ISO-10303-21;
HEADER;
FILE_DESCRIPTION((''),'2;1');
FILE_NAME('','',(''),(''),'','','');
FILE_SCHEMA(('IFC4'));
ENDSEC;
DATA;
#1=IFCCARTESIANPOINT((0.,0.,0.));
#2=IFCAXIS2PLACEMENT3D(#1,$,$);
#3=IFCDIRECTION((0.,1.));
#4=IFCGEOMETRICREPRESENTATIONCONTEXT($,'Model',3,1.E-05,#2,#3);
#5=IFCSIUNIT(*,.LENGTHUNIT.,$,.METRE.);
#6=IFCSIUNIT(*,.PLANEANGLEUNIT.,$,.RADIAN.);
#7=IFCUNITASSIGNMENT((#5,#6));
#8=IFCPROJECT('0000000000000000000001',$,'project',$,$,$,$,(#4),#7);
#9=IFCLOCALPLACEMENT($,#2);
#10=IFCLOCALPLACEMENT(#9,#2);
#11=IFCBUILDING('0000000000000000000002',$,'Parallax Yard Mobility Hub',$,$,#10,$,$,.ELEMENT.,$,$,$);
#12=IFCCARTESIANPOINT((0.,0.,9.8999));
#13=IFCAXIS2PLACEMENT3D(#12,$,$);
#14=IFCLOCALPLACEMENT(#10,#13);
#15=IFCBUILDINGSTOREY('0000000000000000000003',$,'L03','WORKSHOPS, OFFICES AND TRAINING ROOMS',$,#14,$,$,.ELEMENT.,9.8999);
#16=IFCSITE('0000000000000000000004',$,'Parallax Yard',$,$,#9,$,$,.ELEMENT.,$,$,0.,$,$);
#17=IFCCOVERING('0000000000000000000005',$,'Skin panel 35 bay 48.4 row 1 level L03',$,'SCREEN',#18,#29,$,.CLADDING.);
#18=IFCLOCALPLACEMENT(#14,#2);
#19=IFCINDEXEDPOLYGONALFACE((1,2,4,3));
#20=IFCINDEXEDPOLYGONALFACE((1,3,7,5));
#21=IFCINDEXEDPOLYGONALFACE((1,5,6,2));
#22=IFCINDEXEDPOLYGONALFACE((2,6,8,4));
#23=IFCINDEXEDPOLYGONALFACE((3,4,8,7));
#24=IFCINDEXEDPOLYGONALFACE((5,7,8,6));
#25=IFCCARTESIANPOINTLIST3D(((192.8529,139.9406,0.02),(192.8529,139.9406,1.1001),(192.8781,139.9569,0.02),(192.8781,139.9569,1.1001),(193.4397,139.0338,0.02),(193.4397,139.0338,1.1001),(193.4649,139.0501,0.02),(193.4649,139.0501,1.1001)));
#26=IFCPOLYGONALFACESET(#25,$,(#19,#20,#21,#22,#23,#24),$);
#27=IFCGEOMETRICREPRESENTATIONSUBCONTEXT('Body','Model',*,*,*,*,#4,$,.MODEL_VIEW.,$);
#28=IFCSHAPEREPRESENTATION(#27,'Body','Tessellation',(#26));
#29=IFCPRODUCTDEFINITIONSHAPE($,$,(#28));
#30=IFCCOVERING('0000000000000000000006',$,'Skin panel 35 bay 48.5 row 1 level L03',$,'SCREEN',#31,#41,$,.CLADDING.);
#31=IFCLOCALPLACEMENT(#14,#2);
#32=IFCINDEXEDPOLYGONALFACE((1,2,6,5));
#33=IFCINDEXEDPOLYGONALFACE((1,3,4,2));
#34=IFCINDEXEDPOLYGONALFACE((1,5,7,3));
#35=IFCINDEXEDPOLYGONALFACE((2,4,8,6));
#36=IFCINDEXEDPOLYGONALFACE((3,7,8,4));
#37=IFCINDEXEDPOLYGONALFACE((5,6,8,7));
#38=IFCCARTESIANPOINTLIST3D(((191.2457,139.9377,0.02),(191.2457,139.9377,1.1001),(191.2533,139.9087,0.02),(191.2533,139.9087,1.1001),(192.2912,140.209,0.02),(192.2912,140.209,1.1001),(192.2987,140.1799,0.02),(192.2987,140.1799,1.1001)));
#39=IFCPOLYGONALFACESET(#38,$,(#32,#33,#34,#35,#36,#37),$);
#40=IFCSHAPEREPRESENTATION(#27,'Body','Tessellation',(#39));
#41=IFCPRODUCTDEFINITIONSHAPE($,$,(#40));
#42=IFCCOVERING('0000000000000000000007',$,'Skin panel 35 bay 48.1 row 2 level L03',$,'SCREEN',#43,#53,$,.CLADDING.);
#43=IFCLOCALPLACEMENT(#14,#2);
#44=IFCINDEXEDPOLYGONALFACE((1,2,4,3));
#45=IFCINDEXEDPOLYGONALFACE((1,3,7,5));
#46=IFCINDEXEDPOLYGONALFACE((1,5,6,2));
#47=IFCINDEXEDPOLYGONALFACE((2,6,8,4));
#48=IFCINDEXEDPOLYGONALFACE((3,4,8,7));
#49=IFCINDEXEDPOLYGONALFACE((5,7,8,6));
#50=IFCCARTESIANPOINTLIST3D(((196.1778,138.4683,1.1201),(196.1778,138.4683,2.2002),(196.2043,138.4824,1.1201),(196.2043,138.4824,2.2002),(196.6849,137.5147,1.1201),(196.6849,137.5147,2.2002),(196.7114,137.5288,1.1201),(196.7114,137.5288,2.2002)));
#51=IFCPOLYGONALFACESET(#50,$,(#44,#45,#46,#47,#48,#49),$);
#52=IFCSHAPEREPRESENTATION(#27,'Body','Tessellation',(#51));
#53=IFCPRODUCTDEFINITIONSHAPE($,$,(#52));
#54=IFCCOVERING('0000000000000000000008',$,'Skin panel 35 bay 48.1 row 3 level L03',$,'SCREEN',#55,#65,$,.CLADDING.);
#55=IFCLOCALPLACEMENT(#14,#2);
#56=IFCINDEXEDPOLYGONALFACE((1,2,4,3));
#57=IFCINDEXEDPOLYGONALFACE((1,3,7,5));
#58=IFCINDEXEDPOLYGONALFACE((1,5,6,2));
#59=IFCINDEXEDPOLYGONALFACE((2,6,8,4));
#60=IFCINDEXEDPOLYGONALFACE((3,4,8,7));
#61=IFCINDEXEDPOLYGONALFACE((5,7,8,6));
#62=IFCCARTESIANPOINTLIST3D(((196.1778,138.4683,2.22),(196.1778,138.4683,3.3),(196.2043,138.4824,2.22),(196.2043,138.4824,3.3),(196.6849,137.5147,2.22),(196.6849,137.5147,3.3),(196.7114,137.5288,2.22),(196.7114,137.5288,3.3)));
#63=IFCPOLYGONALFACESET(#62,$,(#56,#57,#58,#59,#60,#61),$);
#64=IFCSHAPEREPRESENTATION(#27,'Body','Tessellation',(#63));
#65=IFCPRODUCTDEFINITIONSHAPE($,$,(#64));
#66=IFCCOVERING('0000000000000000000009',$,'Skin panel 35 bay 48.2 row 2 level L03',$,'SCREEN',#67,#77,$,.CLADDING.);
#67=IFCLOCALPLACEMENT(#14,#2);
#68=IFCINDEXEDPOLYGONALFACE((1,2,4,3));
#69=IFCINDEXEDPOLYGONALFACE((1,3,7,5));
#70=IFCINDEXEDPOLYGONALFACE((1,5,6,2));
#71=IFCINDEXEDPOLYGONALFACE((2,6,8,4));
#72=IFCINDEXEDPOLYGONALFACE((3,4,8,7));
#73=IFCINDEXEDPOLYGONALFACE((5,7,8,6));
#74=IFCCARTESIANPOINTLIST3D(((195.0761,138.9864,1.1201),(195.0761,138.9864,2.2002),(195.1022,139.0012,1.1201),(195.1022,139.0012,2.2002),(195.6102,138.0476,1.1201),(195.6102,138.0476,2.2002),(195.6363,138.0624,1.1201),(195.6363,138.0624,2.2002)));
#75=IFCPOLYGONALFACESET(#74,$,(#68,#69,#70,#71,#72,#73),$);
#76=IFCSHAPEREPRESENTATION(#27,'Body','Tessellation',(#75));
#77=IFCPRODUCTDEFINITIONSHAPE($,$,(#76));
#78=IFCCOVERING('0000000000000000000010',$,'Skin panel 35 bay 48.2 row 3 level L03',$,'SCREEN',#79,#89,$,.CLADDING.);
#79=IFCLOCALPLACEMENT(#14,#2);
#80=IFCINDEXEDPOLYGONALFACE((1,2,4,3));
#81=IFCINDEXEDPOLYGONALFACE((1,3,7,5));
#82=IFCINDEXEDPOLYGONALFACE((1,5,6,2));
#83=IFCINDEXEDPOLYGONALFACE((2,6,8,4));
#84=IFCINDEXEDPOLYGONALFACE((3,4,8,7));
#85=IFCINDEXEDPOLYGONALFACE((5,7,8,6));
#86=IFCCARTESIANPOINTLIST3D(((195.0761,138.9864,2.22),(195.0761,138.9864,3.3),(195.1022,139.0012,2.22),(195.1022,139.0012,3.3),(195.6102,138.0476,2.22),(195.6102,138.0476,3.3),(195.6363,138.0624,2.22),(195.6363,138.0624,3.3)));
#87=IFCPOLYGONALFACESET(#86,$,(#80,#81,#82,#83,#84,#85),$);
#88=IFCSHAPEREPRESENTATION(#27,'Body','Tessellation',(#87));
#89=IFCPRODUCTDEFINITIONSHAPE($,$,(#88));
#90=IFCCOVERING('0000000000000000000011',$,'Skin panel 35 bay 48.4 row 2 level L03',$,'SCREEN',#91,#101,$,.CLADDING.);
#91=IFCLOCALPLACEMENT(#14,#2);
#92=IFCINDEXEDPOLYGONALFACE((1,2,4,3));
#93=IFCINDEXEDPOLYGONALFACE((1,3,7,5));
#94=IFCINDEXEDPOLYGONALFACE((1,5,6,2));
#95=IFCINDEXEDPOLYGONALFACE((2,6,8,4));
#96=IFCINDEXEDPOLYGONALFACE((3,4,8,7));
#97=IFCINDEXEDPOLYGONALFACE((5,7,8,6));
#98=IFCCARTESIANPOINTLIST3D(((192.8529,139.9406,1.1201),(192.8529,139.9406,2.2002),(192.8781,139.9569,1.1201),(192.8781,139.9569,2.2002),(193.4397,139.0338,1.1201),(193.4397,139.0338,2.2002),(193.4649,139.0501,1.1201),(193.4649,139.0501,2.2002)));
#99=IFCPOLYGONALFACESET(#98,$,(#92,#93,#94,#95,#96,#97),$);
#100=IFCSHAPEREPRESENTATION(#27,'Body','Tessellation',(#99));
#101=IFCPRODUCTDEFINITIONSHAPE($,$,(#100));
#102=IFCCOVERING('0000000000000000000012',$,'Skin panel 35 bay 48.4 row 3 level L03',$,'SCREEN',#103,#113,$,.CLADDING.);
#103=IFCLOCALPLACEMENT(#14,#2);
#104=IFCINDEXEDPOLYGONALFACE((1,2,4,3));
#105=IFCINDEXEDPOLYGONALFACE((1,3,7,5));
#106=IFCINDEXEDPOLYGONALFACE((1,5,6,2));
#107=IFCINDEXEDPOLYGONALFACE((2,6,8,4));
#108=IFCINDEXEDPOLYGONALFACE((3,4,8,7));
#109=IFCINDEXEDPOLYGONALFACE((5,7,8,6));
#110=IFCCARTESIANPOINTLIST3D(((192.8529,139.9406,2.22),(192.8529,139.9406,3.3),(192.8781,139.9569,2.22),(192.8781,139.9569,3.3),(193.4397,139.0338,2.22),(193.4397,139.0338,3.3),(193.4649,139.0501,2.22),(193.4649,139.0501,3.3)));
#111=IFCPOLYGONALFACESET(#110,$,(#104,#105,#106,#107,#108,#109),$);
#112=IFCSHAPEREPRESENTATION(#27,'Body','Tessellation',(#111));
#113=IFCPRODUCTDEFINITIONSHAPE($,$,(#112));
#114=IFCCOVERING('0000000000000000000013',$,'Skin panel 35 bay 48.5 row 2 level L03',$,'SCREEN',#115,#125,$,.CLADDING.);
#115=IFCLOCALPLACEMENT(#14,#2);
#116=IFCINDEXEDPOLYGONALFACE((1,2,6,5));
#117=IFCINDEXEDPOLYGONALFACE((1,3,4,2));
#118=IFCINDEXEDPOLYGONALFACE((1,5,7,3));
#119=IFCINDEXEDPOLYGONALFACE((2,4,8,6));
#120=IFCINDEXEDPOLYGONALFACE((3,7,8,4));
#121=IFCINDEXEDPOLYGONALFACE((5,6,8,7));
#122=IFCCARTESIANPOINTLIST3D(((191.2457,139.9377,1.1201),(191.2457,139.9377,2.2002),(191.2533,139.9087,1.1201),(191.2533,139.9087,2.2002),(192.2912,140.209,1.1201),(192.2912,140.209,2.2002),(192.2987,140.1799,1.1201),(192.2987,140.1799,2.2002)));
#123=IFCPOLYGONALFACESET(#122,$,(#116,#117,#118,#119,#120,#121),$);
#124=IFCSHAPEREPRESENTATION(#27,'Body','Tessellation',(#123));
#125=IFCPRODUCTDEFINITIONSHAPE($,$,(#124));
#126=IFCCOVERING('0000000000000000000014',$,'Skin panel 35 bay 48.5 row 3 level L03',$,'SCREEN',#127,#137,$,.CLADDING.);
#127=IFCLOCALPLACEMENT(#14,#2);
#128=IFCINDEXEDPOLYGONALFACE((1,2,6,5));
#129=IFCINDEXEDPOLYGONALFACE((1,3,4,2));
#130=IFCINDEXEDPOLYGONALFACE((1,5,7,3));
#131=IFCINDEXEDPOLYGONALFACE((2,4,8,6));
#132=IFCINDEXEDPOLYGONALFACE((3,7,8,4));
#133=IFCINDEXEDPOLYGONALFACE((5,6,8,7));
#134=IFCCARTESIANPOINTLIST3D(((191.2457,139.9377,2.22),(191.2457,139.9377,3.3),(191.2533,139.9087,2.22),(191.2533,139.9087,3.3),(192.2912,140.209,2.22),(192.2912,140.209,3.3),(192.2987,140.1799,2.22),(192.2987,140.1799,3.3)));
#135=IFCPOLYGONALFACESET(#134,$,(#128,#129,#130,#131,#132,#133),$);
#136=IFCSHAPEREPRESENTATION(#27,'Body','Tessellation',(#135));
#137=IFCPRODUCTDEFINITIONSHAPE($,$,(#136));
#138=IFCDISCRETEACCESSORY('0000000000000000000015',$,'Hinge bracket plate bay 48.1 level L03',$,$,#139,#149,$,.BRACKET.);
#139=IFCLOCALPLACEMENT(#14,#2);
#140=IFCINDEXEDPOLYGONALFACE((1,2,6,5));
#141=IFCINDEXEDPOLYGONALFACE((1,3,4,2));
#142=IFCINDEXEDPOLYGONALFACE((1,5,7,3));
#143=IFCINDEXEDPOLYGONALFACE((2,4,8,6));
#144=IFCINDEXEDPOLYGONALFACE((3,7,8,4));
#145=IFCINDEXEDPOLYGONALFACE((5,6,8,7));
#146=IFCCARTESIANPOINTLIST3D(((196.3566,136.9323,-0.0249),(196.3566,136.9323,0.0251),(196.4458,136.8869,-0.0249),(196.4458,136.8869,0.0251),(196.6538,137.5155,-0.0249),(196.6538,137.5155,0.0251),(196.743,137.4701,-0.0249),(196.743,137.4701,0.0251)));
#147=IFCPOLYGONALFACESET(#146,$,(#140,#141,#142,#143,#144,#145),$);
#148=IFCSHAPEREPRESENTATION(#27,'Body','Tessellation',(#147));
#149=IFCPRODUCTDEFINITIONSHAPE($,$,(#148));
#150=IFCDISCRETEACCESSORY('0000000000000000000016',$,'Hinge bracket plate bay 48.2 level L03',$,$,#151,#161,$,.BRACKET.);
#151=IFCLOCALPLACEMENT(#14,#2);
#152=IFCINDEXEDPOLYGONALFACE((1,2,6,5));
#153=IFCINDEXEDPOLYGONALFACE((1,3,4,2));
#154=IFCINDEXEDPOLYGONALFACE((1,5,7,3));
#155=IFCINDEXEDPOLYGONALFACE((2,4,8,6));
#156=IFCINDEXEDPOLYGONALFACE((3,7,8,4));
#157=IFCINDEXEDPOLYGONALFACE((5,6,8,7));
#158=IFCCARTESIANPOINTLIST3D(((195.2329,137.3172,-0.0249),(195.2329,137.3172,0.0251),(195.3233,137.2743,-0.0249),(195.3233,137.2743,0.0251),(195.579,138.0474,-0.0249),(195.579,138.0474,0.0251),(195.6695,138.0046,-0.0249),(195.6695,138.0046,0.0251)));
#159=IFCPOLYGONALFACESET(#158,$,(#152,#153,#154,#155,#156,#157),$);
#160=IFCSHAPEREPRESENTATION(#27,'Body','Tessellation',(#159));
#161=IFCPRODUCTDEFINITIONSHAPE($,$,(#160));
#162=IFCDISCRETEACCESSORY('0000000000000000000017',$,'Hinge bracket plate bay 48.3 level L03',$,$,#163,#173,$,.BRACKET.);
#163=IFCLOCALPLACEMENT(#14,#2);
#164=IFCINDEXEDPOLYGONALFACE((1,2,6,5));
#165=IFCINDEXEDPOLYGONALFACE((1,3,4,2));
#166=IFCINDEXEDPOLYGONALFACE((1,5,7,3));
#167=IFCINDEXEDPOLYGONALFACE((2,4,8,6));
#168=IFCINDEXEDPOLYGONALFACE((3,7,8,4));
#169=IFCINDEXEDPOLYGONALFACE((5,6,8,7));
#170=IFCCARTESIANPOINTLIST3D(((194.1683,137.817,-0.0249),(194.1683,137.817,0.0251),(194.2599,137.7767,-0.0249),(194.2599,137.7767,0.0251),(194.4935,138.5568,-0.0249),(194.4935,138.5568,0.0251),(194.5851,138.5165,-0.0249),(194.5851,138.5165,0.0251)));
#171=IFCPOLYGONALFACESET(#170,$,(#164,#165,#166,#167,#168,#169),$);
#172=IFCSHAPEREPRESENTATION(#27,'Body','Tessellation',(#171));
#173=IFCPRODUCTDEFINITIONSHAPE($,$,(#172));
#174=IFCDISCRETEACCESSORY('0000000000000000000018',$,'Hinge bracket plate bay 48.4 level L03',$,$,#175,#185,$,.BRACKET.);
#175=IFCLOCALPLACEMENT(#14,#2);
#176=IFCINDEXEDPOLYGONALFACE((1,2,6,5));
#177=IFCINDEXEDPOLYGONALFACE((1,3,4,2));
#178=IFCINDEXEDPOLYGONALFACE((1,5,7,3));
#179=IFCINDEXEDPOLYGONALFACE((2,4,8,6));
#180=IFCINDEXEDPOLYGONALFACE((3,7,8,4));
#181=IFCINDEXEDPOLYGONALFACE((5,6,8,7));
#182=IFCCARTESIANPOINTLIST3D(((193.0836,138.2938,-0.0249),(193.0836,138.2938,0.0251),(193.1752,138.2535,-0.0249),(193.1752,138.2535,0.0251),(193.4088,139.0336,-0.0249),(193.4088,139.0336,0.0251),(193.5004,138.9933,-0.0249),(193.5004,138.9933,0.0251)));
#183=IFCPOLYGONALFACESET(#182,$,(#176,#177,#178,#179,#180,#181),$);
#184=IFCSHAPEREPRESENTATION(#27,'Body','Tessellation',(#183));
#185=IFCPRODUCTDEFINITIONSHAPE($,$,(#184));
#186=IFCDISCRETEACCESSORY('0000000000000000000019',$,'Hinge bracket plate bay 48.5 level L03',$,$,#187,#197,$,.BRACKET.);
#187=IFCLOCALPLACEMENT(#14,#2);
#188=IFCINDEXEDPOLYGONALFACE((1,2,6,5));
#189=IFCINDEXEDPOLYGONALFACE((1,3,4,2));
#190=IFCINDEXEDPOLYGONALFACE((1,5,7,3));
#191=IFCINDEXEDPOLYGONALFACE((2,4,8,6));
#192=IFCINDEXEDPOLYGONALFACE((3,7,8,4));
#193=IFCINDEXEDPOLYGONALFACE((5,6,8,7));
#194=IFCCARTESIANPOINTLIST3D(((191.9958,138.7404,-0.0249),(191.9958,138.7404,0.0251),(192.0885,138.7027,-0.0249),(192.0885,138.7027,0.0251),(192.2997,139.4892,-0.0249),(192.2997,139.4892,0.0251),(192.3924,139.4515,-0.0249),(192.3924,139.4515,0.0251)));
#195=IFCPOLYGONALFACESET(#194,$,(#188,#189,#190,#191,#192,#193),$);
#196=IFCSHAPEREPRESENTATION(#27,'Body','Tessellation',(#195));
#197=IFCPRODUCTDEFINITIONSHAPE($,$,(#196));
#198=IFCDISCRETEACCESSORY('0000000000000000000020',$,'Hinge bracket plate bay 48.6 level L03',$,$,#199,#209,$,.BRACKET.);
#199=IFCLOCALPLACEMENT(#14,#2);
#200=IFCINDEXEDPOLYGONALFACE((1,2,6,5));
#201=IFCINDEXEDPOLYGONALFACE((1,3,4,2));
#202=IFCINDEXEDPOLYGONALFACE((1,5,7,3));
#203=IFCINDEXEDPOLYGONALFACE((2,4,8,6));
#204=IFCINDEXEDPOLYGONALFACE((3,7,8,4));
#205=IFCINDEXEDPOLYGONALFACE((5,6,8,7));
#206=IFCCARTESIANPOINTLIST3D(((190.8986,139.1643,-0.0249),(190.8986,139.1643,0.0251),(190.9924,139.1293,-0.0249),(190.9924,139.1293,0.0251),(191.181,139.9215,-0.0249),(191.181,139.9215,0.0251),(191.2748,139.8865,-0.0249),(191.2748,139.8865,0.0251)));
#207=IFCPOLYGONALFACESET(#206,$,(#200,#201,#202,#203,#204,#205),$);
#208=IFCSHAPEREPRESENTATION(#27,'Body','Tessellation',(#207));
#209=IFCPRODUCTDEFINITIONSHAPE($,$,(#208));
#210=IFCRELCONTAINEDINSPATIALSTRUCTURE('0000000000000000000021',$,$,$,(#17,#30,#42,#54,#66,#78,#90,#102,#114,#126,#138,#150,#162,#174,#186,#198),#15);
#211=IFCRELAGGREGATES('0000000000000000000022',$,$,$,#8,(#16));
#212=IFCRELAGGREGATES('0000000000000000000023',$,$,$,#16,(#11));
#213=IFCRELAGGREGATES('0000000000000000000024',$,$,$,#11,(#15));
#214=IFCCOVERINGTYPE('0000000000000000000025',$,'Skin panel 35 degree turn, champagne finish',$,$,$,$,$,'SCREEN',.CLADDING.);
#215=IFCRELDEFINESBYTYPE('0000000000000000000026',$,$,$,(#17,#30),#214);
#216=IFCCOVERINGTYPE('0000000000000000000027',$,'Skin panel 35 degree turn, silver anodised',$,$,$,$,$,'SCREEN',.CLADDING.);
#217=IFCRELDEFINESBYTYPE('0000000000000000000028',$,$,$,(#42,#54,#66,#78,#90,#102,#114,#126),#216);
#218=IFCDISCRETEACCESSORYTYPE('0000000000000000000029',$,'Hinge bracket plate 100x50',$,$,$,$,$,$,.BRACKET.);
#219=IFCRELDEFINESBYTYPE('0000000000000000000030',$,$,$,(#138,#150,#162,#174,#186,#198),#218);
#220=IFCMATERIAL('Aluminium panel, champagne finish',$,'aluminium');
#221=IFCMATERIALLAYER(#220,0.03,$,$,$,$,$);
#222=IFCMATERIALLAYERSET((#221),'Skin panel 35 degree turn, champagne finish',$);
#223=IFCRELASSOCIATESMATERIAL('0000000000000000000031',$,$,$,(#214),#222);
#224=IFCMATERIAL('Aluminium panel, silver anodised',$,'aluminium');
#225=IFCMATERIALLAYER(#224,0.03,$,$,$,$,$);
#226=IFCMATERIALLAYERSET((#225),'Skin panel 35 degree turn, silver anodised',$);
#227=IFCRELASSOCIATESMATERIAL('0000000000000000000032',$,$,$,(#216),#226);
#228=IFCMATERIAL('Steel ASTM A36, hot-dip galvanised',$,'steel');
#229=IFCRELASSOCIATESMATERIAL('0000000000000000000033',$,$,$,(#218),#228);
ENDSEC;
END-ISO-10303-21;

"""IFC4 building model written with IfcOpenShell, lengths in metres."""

from ifc_helpers import new_model, si_unit, direction, frame, origin, origin_2d, place, context, subcontext, project, spatial, rectangle, extrude, material, layer, layer_set, type_object, element, save


model = new_model("IFC4")

# Units and contexts
model_context = context("Model", 3, precision=1e-05, world=origin(), true_north=direction((0.0, 1.0)))
body_context = subcontext(model_context, "Body", "Model", "MODEL_VIEW")
ifc_project = project(units=[si_unit("LENGTHUNIT", "METRE"), si_unit("PLANEANGLEUNIT", "RADIAN")], contexts=[model_context])

# Site, building, storey
site_placement = place(None, origin())
site = spatial("IfcSite", under=ifc_project, at=site_placement, Name="Parallax Yard", CompositionType="ELEMENT", RefElevation=0.0)
building_placement = place(site_placement, origin())
building = spatial("IfcBuilding", under=site, at=building_placement, Name="Parallax Yard Mobility Hub", CompositionType="ELEMENT")
storey_placement = place(building_placement, frame((0.0, 0.0, 9.8999)))
storey = spatial("IfcBuildingStorey", under=building, at=storey_placement, Name="L03", Description="WORKSHOPS, OFFICES AND TRAINING ROOMS", CompositionType="ELEMENT", Elevation=9.8999)

# Coverings
ifc_material_1 = material(Name="Aluminium panel, champagne finish", Category="aluminium")
ifc_material_2 = material(Name="Aluminium panel, silver anodised", Category="aluminium")
ifc_layer_1 = layer(ifc_material_1, 0.03)
ifc_layer_set_1 = layer_set([ifc_layer_1], Name="Skin panel 35 degree turn, champagne finish")
covering_type_1 = type_object("IfcCoveringType", Name="Skin panel 35 degree turn, champagne finish", ElementType="SCREEN", PredefinedType="CLADDING", material=ifc_layer_set_1)
for number, where, z_axis, x_axis, name in (
    (1, (193.1589, 139.4954, 0.02), (0.0, 0.0, 1.0), (-0.543308, 0.839534, 0.0), "Skin panel 35 bay 48.4 row 1 level L03"),
    (2, (191.7722, 140.0588, 0.02), (0.0, 0.0, 1.0), (0.967949, 0.251149, 0.0), "Skin panel 35 bay 48.5 row 1 level L03"),
):
    element("IfcCovering", number, at=place(storey_placement, frame(where, z_axis=z_axis, x_axis=x_axis)), inside=storey, type_object=covering_type_1, Name=name, ObjectType="SCREEN", PredefinedType="CLADDING", context=body_context, shape_type="SweptSolid", body=[
        extrude(rectangle(XDim=1.0801, YDim=0.03, at=origin_2d()), origin(), (0.0, 0.0, 1.0), 1.0801),
    ])
ifc_layer_2 = layer(ifc_material_2, 0.03)
ifc_layer_set_2 = layer_set([ifc_layer_2], Name="Skin panel 35 degree turn, silver anodised")
covering_type_2 = type_object("IfcCoveringType", Name="Skin panel 35 degree turn, silver anodised", ElementType="SCREEN", PredefinedType="CLADDING", material=ifc_layer_set_2)
for number, where, z_axis, x_axis, name in (
    (3, (196.4446, 137.9985, 1.1201), (0.0, 0.0, 1.0), (-0.469472, 0.882948, 0.0), "Skin panel 35 bay 48.1 row 2 level L03"),
    (4, (196.4446, 137.9985, 2.22), (0.0, 0.0, 1.0), (-0.469472, 0.882948, 0.0), "Skin panel 35 bay 48.1 row 3 level L03"),
    (5, (195.3562, 138.5244, 1.1201), (0.0, 0.0, 1.0), (-0.494494, 0.869181, 0.0), "Skin panel 35 bay 48.2 row 2 level L03"),
    (6, (195.3562, 138.5244, 2.22), (0.0, 0.0, 1.0), (-0.494494, 0.869181, 0.0), "Skin panel 35 bay 48.2 row 3 level L03"),
    (7, (193.1589, 139.4954, 1.1201), (0.0, 0.0, 1.0), (-0.543308, 0.839534, 0.0), "Skin panel 35 bay 48.4 row 2 level L03"),
    (8, (193.1589, 139.4954, 2.22), (0.0, 0.0, 1.0), (-0.543308, 0.839534, 0.0), "Skin panel 35 bay 48.4 row 3 level L03"),
    (9, (191.7722, 140.0588, 1.1201), (0.0, 0.0, 1.0), (0.967949, 0.251149, 0.0), "Skin panel 35 bay 48.5 row 2 level L03"),
    (10, (191.7722, 140.0588, 2.22), (0.0, 0.0, 1.0), (0.967949, 0.251149, 0.0), "Skin panel 35 bay 48.5 row 3 level L03"),
):
    element("IfcCovering", number, at=place(storey_placement, frame(where, z_axis=z_axis, x_axis=x_axis)), inside=storey, type_object=covering_type_2, Name=name, ObjectType="SCREEN", PredefinedType="CLADDING", context=body_context, shape_type="SweptSolid", body=[
        extrude(rectangle(XDim=1.0801, YDim=0.03, at=origin_2d()), origin(), (0.0, 0.0, 1.0), 1.0801),
    ])

# Discrete accessories
ifc_material_3 = material(Name="Steel ASTM A36, hot-dip galvanised", Category="steel")
discrete_accessory_type_1 = type_object("IfcDiscreteAccessoryType", Name="Hinge bracket plate 100x50", PredefinedType="BRACKET", material=ifc_material_3)
discrete_accessory_placement = place(storey_placement, frame((196.5498, 137.2012, -0.0249), z_axis=(0.0, 0.0, 1.0), x_axis=(0.45399, 0.891007, 0.0)))
element("IfcDiscreteAccessory", 11, at=discrete_accessory_placement, inside=storey, type_object=discrete_accessory_type_1, Name="Hinge bracket plate bay 48.1 level L03", PredefinedType="BRACKET", context=body_context, shape_type="SweptSolid", body=[
    extrude(rectangle(XDim=0.6545, YDim=0.1001, at=origin_2d()), origin(), (0.0, 0.0, 1.0), 0.05),
])
for number, where, z_axis, x_axis, name in (
    (12, (195.4512, 137.6609, -0.0249), (0.0, 0.0, 1.0), (0.428361, 0.903608, 0.0), "Hinge bracket plate bay 48.2 level L03"),
    (13, (194.3767, 138.1667, -0.0249), (0.0, 0.0, 1.0), (0.402384, 0.915471, 0.0), "Hinge bracket plate bay 48.3 level L03"),
    (14, (193.292, 138.6436, -0.0249), (0.0, 0.0, 1.0), (0.402384, 0.915471, 0.0), "Hinge bracket plate bay 48.4 level L03"),
    (15, (192.1941, 139.0959, -0.0249), (0.0, 0.0, 1.0), (0.376077, 0.926588, 0.0), "Hinge bracket plate bay 48.5 level L03"),
    (16, (191.0867, 139.5254, -0.0249), (0.0, 0.0, 1.0), (0.349463, 0.93695, 0.0), "Hinge bracket plate bay 48.6 level L03"),
):
    element("IfcDiscreteAccessory", number, at=place(storey_placement, frame(where, z_axis=z_axis, x_axis=x_axis)), inside=storey, type_object=discrete_accessory_type_1, Name=name, PredefinedType="BRACKET", context=body_context, shape_type="SweptSolid", body=[
        extrude(rectangle(XDim=0.8081, YDim=0.1001, at=origin_2d()), origin(), (0.0, 0.0, 1.0), 0.05),
    ])

save(model, "model.ifc")
